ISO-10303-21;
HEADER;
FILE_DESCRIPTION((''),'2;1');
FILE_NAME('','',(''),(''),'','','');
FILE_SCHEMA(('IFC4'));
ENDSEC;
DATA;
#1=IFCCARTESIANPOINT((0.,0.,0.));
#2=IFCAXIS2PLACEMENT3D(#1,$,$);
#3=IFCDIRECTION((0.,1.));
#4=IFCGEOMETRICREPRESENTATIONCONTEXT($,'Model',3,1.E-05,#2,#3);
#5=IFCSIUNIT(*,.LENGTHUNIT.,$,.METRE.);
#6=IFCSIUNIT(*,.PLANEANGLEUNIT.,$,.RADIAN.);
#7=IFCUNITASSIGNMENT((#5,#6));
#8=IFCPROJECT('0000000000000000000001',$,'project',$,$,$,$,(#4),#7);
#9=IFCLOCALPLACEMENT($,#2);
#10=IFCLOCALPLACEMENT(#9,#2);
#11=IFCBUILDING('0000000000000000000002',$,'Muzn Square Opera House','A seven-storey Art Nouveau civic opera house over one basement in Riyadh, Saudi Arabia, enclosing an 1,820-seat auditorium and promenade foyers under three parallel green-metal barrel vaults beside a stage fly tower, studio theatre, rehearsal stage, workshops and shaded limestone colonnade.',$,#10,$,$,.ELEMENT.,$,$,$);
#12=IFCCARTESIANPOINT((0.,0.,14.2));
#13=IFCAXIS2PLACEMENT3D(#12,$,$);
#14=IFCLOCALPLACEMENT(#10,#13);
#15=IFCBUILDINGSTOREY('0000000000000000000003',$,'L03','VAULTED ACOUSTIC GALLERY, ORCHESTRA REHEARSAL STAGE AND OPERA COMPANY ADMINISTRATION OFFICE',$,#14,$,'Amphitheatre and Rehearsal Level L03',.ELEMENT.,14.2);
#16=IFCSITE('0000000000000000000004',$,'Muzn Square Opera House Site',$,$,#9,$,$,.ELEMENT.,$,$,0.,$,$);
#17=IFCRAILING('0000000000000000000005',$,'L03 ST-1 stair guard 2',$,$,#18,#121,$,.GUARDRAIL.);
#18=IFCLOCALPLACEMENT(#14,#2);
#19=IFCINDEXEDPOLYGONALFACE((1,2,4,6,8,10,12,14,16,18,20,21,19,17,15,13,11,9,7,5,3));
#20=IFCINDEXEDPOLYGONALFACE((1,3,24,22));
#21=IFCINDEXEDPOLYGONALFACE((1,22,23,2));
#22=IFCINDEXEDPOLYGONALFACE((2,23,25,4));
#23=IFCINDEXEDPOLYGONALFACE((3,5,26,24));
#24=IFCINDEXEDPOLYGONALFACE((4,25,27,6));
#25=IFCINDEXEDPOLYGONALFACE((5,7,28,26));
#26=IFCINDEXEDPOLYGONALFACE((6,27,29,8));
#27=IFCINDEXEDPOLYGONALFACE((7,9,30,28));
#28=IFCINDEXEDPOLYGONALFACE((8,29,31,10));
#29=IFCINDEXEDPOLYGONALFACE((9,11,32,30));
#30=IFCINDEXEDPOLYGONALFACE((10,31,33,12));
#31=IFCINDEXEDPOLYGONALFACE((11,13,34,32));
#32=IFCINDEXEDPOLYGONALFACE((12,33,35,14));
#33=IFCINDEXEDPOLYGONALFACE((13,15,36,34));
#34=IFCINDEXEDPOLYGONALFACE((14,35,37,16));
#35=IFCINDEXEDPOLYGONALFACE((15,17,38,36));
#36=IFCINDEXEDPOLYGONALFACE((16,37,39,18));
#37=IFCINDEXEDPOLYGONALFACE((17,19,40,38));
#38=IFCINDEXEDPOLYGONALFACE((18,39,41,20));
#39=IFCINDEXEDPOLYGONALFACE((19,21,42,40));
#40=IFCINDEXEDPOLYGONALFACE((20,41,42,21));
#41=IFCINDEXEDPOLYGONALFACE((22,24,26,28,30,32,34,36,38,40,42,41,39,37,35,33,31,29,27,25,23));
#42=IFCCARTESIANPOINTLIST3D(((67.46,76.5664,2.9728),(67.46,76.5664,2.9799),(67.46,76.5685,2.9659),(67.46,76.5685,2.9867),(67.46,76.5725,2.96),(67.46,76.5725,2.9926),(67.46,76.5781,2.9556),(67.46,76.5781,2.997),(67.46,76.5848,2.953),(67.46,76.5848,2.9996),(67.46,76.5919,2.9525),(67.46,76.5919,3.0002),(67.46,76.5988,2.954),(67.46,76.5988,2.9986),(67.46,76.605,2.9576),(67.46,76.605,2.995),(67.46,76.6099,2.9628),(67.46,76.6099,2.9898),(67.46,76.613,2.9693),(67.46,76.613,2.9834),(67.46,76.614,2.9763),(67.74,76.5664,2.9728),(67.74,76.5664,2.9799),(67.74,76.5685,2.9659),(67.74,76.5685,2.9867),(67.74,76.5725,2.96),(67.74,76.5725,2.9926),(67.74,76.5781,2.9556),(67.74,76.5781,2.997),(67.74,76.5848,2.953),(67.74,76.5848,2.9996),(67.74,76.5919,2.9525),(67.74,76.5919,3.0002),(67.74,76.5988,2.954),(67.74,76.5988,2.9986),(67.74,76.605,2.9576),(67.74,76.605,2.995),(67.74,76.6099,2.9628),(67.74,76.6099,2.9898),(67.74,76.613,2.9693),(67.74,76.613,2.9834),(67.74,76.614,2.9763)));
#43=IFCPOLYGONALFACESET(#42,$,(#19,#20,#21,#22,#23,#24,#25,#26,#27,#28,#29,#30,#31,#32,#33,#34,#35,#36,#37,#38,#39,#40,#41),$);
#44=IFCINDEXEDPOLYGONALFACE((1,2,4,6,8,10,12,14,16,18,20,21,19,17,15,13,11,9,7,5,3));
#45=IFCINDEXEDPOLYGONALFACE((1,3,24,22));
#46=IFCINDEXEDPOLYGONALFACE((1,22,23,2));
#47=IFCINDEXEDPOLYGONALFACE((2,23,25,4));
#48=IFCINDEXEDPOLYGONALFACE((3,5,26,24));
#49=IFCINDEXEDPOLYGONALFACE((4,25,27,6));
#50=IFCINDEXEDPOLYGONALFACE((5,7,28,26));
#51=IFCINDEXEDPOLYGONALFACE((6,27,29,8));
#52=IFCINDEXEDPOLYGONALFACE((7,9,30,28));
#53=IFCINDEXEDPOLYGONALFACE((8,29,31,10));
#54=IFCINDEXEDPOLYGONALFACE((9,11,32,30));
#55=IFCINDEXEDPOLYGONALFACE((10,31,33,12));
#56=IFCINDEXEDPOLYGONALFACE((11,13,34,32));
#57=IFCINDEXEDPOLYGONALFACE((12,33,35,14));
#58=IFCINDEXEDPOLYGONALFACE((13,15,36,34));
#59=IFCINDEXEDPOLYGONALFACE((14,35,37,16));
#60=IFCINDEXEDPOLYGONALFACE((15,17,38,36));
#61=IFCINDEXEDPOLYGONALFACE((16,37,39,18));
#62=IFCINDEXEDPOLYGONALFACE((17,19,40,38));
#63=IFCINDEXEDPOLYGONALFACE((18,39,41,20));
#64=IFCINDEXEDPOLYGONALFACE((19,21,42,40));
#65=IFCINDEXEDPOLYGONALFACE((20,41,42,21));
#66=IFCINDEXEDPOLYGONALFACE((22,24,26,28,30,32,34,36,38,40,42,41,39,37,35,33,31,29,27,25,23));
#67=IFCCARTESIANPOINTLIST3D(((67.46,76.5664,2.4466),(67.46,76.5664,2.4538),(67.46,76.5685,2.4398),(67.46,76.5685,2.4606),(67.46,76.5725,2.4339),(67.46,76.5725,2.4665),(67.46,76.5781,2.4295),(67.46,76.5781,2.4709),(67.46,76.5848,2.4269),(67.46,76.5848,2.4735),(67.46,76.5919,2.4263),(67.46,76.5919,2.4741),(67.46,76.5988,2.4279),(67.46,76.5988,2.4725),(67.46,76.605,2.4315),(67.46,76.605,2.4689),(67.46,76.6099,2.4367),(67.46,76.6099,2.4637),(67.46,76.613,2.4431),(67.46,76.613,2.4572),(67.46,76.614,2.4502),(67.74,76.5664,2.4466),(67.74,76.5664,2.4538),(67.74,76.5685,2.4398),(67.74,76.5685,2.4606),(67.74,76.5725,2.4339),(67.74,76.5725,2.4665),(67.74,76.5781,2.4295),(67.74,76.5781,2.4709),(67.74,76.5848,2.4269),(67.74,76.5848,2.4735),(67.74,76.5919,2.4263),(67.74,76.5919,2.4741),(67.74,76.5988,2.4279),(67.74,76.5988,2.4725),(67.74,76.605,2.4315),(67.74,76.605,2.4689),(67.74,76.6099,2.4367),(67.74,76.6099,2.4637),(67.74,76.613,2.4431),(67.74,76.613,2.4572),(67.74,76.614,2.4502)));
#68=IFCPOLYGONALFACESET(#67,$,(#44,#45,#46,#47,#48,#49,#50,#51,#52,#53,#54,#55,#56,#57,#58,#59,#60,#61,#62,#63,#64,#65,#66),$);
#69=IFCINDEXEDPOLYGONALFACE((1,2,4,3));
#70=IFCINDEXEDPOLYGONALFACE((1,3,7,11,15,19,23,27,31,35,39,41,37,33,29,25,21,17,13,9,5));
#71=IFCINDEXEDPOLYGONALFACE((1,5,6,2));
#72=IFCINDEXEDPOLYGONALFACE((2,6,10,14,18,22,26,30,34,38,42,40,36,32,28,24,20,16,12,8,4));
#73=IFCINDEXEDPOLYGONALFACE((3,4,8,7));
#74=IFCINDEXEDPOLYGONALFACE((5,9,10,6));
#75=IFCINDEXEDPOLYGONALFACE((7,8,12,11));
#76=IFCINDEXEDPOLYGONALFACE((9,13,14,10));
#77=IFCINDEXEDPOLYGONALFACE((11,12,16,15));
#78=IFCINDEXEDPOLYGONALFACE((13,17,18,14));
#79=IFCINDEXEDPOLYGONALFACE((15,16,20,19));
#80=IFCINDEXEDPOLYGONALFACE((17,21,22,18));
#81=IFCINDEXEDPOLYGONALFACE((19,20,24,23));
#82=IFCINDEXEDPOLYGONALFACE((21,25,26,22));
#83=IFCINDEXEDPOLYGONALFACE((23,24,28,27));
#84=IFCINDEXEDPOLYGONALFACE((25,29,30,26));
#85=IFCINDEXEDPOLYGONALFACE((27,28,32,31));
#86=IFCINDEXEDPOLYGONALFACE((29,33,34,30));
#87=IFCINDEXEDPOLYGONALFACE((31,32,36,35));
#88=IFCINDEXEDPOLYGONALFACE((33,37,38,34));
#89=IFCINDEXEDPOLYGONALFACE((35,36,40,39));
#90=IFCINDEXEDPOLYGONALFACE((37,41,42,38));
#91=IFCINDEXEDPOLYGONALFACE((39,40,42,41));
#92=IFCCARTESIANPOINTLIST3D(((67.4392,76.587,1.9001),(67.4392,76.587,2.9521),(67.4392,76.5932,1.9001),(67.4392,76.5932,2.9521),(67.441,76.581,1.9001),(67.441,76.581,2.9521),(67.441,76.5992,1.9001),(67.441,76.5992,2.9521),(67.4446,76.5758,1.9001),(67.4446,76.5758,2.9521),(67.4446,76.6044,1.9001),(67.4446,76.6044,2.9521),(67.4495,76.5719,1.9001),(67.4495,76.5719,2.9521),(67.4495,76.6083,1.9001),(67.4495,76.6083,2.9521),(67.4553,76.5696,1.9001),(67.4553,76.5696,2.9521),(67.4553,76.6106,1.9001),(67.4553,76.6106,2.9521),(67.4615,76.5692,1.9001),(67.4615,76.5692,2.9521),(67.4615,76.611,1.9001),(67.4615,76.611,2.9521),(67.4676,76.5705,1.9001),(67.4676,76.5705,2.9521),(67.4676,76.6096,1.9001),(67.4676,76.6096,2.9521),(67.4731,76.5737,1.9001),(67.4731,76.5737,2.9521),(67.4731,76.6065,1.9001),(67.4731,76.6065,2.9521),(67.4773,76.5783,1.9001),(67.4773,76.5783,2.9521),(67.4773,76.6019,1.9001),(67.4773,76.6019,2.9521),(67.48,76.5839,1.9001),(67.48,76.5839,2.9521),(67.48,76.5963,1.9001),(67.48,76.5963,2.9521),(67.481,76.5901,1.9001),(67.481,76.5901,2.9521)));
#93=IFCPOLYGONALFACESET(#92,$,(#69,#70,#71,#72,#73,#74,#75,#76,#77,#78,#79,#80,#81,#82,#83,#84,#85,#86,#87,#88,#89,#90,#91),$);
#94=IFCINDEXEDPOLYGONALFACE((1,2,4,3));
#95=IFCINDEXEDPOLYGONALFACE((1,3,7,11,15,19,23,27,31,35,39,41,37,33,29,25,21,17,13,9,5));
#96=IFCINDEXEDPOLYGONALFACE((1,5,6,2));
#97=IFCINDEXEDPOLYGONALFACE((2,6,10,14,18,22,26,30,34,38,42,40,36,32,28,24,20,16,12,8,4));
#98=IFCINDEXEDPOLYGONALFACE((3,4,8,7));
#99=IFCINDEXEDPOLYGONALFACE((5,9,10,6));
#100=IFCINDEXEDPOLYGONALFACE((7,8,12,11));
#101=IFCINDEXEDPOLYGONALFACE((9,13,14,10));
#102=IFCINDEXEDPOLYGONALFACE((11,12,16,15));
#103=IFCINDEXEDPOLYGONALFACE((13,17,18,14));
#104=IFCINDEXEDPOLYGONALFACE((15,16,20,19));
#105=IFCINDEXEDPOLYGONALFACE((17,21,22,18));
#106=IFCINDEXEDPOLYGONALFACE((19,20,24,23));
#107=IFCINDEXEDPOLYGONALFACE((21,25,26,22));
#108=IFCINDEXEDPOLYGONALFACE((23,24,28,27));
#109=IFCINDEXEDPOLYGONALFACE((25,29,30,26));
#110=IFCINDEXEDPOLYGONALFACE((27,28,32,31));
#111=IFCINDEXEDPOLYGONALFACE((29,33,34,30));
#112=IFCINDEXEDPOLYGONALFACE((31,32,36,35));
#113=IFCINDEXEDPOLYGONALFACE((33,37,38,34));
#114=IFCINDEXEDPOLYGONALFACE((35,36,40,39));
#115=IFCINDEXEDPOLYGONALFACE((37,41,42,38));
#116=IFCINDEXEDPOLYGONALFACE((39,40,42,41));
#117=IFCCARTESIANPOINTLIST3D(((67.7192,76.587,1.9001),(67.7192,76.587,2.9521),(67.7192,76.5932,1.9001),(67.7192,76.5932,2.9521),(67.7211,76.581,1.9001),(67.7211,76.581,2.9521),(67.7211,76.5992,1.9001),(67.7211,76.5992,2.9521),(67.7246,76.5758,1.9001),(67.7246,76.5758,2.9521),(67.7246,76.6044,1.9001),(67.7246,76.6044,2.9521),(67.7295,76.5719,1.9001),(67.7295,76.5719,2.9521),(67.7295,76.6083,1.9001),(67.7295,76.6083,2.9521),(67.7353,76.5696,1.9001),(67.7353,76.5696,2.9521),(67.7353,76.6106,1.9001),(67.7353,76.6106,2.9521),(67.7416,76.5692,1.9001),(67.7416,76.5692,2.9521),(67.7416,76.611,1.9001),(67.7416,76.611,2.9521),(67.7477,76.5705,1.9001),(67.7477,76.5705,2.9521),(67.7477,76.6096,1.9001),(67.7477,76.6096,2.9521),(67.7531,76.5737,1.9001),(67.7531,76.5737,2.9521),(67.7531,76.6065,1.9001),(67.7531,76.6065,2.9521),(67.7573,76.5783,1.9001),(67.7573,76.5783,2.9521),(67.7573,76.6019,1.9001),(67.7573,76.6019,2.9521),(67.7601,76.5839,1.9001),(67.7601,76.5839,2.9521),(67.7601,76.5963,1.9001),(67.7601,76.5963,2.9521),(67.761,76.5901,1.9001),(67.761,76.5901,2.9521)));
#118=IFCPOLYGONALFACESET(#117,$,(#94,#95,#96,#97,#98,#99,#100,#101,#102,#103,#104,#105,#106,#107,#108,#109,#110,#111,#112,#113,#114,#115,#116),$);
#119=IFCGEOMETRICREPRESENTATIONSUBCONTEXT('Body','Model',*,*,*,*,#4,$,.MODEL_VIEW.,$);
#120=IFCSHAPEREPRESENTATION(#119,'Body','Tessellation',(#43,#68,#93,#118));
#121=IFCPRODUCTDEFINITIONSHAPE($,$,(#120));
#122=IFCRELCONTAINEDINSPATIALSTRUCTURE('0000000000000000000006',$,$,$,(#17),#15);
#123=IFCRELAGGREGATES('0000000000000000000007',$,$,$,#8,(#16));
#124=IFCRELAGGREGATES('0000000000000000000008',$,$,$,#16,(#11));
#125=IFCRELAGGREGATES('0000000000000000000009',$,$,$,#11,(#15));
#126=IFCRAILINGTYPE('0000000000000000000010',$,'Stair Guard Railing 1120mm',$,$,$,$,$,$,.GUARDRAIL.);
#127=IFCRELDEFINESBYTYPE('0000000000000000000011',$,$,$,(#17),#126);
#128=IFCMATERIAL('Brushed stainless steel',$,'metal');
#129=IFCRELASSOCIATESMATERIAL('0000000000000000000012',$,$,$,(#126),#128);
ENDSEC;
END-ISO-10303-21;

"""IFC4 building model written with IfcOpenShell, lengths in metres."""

from ifc_helpers import new_model, si_unit, direction, frame, origin, origin_2d, place, context, subcontext, project, spatial, circle, extrude, material, type_object, element, save


model = new_model("IFC4")

# Units and contexts
model_context = context("Model", 3, precision=1e-05, world=origin(), true_north=direction((0.0, 1.0)))
body_context = subcontext(model_context, "Body", "Model", "MODEL_VIEW")
ifc_project = project(units=[si_unit("LENGTHUNIT", "METRE"), si_unit("PLANEANGLEUNIT", "RADIAN")], contexts=[model_context])

# Site, building, storey
site_placement = place(None, origin())
site = spatial("IfcSite", under=ifc_project, at=site_placement, Name="Muzn Square Opera House Site", CompositionType="ELEMENT", RefElevation=0.0)
building_placement = place(site_placement, origin())
building = spatial("IfcBuilding", under=site, at=building_placement, Name="Muzn Square Opera House", Description="A seven-storey Art Nouveau civic opera house over one basement in Riyadh, Saudi Arabia, enclosing an 1,820-seat auditorium and promenade foyers under three parallel green-metal barrel vaults beside a stage fly tower, studio theatre, rehearsal stage, workshops and shaded limestone colonnade.", CompositionType="ELEMENT")
storey_placement = place(building_placement, frame((0.0, 0.0, 14.2)))
storey = spatial("IfcBuildingStorey", under=building, at=storey_placement, Name="L03", Description="VAULTED ACOUSTIC GALLERY, ORCHESTRA REHEARSAL STAGE AND OPERA COMPANY ADMINISTRATION OFFICE", LongName="Amphitheatre and Rehearsal Level L03", CompositionType="ELEMENT", Elevation=14.2)

# Shared definitions
ifc_material_1 = material(Name="Brushed stainless steel", Category="metal")

# Railing
railing_type_1 = type_object("IfcRailingType", Name="Stair Guard Railing 1120mm", PredefinedType="GUARDRAIL", material=ifc_material_1)
railing_1_placement = place(storey_placement, frame((67.46, 76.5901, 1.9001)))
element("IfcRailing", 1, at=railing_1_placement, inside=storey, type_object=railing_type_1, Name="L03 ST-1 stair guard 2", PredefinedType="GUARDRAIL", context=body_context, shape_type="SweptSolid", body=[
    extrude(circle(Radius=0.0239, at=origin_2d()), frame((0.0, 0.0, 1.0762), z_axis=(1.0, 0.0, 0.0), x_axis=(0.0, 1.0, 0.0)), (0.0, 0.0, 1.0), 0.28),
    extrude(circle(Radius=0.0239, at=origin_2d()), frame((0.0, 0.0, 0.55), z_axis=(1.0, 0.0, 0.0), x_axis=(0.0, 1.0, 0.0)), (0.0, 0.0, 1.0), 0.28),
    extrude(circle(Radius=0.021, at=origin_2d()), origin(), (0.0, 0.0, 1.0), 1.052),
    extrude(circle(Radius=0.021, at=origin_2d()), frame((0.28, 0.0, 0.0)), (0.0, 0.0, 1.0), 1.052),
])

save(model, "model.ifc")
